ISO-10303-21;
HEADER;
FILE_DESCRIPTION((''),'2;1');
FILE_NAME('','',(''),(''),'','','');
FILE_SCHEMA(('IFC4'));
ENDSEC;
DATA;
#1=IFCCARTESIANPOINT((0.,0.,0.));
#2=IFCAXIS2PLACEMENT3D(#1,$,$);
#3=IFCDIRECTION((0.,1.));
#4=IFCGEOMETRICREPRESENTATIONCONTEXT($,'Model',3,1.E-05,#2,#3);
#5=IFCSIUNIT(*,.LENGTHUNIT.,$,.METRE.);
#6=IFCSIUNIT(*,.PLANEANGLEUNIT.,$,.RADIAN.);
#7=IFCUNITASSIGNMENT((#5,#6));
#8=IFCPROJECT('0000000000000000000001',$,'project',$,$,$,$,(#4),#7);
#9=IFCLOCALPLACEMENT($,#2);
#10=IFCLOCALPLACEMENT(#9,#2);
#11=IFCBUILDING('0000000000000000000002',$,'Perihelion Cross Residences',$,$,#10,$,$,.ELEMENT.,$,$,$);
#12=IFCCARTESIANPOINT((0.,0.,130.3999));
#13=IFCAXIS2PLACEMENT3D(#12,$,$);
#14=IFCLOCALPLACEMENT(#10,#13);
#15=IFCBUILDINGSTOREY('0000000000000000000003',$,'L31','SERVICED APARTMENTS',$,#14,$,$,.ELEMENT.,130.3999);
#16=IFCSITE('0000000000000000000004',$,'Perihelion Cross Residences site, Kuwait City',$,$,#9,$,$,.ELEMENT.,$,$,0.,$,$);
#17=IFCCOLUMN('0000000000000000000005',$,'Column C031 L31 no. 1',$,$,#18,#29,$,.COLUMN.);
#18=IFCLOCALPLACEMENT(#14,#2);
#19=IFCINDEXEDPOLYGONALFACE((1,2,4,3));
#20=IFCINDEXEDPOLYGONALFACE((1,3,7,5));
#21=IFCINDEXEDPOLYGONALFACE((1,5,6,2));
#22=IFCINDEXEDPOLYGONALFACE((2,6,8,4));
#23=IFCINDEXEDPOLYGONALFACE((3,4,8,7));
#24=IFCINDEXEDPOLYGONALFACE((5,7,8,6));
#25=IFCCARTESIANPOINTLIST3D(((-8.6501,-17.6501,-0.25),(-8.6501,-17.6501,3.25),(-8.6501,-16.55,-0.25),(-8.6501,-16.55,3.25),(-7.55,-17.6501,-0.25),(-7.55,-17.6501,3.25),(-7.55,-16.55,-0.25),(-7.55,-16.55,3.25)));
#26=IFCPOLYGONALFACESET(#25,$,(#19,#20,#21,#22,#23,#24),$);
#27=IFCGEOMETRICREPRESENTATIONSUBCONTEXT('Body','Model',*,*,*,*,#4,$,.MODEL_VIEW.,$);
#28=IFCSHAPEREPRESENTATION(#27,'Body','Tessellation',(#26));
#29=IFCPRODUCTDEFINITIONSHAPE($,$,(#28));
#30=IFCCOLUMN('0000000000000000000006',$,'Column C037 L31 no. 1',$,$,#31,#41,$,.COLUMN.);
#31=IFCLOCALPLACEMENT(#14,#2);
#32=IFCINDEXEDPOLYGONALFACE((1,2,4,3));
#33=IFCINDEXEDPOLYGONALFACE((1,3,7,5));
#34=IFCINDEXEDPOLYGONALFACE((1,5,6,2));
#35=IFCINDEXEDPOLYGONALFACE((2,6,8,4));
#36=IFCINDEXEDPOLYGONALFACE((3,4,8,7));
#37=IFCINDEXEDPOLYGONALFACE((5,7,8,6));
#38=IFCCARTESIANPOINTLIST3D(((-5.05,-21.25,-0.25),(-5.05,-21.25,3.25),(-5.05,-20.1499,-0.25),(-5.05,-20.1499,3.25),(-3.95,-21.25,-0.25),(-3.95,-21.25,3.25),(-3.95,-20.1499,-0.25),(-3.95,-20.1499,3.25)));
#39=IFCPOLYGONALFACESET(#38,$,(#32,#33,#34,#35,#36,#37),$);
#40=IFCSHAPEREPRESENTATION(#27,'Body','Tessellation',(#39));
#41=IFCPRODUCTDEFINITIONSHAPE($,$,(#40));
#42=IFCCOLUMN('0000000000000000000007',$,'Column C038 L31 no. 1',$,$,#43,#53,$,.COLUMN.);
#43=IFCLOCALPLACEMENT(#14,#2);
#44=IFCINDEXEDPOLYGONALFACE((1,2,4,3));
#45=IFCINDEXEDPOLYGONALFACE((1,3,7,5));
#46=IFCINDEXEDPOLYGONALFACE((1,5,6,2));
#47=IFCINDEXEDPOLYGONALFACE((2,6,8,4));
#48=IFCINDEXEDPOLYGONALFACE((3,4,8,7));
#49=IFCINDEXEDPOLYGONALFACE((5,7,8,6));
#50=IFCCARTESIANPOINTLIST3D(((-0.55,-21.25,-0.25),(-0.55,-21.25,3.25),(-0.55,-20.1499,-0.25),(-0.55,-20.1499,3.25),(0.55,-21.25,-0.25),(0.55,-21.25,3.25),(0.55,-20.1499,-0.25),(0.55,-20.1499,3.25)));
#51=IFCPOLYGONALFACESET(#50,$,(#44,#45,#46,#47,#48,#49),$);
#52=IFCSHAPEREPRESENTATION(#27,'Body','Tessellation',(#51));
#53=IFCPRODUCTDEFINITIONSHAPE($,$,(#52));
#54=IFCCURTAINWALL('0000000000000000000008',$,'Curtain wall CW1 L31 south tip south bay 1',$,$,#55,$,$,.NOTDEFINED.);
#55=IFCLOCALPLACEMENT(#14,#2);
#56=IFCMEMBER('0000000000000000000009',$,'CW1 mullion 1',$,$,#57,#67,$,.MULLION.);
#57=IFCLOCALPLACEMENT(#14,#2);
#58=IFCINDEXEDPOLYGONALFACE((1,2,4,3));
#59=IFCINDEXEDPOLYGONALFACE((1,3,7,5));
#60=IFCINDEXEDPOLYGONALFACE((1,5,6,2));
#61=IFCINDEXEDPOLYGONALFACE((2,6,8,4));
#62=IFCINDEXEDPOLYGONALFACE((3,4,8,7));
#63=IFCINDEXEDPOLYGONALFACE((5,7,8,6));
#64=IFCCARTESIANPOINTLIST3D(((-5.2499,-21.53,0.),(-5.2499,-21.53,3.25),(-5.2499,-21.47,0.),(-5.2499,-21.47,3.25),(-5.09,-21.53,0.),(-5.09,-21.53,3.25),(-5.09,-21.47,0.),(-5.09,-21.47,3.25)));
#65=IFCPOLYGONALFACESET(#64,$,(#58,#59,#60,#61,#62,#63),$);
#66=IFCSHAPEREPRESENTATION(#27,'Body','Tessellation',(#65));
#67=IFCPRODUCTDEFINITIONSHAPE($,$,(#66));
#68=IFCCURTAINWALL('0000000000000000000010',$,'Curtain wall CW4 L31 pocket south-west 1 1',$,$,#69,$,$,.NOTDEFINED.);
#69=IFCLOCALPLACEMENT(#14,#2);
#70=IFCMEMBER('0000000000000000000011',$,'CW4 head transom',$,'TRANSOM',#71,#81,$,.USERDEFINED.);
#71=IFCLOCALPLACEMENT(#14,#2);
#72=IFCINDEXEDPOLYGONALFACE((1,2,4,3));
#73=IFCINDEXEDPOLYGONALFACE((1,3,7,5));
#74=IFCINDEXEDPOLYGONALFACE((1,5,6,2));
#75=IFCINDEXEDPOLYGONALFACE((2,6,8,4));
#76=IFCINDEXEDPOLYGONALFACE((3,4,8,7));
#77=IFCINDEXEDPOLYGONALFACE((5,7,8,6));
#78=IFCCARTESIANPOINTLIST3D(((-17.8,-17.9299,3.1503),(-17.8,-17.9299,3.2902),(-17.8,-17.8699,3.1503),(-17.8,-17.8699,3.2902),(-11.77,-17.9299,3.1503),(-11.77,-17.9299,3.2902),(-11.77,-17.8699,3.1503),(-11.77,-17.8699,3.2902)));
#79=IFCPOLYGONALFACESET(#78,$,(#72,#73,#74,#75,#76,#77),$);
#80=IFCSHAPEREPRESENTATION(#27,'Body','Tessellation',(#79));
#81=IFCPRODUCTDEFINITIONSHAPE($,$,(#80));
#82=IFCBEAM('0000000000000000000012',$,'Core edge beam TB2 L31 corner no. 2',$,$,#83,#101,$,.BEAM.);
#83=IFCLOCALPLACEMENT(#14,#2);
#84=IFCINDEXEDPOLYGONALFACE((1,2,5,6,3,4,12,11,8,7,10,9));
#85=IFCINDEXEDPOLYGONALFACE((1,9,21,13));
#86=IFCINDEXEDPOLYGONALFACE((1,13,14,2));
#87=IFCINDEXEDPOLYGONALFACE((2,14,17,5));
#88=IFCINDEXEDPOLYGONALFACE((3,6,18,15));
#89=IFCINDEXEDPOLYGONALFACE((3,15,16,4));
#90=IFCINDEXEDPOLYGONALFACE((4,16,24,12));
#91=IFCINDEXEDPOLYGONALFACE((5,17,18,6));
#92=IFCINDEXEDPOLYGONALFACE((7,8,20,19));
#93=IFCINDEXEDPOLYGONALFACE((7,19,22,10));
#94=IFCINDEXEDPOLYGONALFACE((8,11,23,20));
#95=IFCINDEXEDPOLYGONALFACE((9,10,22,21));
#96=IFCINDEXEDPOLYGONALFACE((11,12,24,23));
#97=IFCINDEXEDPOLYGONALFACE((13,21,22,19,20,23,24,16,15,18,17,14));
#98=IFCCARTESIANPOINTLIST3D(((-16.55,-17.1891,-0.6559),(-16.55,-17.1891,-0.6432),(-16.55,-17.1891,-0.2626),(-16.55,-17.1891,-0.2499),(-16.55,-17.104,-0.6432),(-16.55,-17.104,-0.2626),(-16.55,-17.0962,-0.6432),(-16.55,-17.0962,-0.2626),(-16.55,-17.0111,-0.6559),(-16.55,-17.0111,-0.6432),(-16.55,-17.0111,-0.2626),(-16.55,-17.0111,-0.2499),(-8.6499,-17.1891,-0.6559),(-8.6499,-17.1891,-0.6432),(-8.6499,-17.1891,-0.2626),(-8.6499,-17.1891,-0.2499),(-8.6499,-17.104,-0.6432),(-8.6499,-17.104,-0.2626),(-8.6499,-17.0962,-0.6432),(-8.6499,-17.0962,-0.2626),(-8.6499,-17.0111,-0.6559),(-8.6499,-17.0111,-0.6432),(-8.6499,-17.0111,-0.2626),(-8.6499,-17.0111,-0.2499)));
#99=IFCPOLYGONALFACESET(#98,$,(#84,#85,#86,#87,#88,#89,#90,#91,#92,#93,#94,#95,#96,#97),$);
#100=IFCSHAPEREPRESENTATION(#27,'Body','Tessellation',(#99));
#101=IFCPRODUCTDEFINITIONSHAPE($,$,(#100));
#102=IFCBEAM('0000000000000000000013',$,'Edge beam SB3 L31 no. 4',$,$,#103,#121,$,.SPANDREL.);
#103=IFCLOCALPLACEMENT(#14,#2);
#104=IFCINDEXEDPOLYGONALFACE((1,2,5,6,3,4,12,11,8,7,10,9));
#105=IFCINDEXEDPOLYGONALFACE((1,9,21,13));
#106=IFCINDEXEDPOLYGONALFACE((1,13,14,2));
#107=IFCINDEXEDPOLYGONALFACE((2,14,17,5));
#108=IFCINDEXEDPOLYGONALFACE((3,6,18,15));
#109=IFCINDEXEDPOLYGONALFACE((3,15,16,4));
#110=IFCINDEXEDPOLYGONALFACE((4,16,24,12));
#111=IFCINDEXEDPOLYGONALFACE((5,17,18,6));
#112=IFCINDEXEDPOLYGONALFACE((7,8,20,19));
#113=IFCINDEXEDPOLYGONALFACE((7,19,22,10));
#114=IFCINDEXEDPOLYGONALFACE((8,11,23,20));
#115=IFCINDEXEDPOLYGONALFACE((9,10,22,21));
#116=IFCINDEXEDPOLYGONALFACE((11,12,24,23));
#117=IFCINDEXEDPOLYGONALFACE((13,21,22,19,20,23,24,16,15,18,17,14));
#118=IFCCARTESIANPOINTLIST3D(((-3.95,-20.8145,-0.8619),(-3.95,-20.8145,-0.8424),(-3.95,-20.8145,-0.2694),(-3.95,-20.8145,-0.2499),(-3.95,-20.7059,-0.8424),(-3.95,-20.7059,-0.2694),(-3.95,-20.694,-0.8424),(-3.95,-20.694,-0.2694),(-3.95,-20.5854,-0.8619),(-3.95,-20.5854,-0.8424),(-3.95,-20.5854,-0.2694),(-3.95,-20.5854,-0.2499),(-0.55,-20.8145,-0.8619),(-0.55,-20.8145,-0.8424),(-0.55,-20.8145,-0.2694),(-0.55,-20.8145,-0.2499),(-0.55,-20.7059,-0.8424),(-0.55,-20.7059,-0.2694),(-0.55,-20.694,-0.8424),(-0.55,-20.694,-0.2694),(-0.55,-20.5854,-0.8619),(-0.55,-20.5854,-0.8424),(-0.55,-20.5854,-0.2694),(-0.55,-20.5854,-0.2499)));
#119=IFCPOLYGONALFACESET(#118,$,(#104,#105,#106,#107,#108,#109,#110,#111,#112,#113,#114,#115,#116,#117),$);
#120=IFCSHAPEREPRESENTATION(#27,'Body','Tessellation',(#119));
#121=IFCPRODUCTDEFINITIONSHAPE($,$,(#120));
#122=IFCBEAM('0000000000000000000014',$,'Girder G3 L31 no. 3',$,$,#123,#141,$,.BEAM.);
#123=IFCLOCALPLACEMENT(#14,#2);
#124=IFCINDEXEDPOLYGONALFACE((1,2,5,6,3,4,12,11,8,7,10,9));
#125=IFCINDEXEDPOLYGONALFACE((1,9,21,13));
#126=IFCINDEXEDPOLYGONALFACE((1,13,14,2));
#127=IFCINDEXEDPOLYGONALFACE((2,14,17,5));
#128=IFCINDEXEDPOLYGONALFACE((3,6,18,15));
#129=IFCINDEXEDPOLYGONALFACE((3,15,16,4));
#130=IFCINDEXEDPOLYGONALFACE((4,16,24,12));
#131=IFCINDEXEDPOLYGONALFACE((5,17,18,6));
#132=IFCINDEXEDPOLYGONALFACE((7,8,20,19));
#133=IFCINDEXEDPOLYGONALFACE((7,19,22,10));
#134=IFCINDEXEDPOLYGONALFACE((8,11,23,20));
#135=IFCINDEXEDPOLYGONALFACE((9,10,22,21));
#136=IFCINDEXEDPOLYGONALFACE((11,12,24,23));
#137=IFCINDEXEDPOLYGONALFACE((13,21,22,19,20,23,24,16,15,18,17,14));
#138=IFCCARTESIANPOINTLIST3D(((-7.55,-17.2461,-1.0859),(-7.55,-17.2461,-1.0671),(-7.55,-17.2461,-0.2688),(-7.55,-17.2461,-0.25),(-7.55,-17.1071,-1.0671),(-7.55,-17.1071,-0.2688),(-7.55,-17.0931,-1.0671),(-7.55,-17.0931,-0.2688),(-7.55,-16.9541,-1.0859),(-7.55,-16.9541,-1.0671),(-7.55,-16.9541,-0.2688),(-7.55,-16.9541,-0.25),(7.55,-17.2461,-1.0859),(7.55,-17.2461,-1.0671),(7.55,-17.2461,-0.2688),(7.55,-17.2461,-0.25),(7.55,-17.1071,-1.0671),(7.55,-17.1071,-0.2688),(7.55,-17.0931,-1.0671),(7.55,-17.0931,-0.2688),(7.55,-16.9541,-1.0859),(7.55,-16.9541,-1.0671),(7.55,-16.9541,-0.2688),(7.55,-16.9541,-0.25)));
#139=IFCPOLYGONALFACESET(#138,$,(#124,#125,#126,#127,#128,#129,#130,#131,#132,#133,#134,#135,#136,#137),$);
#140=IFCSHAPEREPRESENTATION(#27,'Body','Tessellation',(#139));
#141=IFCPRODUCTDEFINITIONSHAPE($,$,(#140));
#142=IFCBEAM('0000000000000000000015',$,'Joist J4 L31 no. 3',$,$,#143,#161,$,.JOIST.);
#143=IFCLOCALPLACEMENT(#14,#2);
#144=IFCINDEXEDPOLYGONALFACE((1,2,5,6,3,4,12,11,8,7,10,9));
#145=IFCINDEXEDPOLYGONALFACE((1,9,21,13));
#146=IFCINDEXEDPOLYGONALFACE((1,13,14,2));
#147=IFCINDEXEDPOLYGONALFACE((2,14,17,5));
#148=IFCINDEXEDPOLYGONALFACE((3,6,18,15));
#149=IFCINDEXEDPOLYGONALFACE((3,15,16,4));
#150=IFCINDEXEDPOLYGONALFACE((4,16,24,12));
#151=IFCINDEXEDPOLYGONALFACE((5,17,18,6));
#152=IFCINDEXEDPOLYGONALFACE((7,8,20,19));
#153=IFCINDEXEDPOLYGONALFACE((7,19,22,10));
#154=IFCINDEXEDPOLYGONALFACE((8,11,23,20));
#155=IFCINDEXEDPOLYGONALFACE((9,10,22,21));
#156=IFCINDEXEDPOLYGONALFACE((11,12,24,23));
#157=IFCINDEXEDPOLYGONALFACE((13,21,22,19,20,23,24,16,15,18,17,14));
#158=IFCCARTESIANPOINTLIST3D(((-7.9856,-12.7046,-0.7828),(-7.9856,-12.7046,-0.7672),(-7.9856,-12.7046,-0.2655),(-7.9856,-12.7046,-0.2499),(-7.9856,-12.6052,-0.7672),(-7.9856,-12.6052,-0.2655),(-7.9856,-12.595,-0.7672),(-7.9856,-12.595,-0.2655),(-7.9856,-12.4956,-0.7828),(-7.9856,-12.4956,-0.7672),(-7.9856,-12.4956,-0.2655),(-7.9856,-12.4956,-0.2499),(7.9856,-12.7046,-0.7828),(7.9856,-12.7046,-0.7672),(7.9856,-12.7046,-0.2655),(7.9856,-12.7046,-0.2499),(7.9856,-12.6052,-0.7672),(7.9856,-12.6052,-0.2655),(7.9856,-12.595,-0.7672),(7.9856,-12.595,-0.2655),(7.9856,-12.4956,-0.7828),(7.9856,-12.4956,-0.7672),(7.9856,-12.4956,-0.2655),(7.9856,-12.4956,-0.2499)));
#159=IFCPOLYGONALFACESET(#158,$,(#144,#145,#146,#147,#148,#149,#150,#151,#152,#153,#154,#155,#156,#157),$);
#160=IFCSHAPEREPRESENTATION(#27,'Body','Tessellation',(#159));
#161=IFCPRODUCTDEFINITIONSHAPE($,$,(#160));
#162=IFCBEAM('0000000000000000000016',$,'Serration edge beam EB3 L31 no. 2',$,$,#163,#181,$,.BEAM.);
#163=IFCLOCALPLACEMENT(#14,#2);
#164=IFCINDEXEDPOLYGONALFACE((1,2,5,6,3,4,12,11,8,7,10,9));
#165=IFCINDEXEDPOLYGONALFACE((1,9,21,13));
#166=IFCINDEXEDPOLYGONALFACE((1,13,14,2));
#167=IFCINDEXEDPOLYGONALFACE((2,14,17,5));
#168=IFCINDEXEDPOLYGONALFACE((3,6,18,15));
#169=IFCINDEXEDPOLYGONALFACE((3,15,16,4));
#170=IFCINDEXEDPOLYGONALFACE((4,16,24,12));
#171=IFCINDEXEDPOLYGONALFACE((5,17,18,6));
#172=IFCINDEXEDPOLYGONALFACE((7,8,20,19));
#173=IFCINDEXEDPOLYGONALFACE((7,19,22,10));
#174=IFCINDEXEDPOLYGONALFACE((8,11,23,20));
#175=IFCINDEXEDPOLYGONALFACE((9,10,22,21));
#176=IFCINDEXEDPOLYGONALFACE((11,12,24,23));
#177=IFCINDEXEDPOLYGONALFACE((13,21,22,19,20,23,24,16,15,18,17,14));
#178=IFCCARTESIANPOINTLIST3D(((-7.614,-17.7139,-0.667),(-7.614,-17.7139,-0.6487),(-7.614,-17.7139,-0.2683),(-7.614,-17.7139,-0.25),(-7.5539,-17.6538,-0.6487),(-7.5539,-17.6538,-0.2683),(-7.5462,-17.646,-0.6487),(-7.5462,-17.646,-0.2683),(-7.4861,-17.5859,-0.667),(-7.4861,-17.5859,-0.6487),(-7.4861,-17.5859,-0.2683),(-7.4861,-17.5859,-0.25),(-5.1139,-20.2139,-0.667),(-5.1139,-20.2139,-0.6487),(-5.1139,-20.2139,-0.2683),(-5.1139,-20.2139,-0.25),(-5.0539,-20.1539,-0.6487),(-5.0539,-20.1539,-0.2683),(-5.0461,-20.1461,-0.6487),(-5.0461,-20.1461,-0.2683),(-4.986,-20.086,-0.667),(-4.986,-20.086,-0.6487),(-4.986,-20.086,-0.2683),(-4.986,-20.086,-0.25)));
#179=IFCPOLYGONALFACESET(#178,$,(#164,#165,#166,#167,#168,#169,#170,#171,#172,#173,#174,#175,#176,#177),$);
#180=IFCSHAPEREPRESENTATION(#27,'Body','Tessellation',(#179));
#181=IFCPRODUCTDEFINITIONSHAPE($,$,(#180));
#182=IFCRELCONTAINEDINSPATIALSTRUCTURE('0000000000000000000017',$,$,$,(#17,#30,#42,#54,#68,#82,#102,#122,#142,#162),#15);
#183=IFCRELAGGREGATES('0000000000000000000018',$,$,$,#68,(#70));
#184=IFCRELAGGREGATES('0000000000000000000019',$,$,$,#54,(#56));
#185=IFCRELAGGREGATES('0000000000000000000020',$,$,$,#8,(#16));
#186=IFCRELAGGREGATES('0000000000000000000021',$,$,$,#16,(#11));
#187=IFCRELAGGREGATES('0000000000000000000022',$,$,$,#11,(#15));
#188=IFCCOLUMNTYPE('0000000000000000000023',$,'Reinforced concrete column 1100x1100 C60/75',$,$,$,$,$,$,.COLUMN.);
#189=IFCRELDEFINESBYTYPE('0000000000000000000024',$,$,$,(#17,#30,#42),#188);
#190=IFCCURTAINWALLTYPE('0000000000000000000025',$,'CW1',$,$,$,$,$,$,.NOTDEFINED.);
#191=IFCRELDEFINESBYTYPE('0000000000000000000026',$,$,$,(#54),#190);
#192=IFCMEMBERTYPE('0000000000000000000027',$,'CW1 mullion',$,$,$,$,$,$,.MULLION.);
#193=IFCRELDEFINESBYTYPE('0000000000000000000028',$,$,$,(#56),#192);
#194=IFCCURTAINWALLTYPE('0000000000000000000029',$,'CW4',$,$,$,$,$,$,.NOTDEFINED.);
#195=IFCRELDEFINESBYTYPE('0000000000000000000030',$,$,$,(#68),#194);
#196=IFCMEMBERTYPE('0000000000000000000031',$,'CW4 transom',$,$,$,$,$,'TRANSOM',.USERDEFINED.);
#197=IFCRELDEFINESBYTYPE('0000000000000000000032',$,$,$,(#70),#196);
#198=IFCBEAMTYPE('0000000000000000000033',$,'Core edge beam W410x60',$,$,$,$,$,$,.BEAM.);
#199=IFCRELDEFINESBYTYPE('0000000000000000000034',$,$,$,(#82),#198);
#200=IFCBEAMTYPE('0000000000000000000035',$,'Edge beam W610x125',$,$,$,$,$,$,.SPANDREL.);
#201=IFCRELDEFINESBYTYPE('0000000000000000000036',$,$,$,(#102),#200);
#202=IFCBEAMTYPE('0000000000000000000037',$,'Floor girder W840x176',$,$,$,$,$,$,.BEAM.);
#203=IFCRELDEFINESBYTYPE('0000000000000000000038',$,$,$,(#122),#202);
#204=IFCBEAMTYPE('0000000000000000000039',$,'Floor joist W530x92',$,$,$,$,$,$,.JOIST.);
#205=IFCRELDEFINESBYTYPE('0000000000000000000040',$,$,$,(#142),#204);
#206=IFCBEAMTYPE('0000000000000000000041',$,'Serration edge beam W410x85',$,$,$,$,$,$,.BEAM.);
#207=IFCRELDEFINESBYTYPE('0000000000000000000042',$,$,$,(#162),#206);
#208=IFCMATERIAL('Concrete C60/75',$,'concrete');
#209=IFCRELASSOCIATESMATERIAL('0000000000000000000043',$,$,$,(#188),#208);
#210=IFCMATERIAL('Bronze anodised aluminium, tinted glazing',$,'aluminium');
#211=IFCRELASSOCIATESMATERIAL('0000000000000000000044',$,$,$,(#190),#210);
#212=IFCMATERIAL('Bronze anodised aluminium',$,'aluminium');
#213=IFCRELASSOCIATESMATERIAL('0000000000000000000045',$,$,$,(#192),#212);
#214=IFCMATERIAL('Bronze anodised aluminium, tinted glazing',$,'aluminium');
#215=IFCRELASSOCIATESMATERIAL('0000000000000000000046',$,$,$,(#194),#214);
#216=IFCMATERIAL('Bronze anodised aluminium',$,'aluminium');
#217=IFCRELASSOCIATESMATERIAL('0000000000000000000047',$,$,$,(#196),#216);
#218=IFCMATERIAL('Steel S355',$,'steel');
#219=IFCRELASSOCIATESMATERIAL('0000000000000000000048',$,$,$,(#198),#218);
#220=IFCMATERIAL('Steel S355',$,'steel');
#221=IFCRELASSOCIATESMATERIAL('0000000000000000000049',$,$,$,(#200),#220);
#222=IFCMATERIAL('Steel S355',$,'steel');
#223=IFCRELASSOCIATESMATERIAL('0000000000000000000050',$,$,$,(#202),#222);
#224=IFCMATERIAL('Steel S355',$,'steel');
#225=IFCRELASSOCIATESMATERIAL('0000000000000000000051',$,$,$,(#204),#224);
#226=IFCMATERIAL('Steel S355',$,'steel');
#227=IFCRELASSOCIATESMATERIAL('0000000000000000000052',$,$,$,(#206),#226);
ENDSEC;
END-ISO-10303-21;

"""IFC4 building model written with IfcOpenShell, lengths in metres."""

from ifc_helpers import new_model, si_unit, direction, frame, origin, origin_2d, place, context, subcontext, project, spatial, rectangle, i_section, extrude, material, material_profile, profile_set, type_object, element, aggregate, save


model = new_model("IFC4")

# Units and contexts
model_context = context("Model", 3, precision=1e-05, world=origin(), true_north=direction((0.0, 1.0)))
body_context = subcontext(model_context, "Body", "Model", "MODEL_VIEW")
ifc_project = project(units=[si_unit("LENGTHUNIT", "METRE"), si_unit("PLANEANGLEUNIT", "RADIAN")], contexts=[model_context])

# Site, building, storey
site_placement = place(None, origin())
site = spatial("IfcSite", under=ifc_project, at=site_placement, Name="Perihelion Cross Residences site, Kuwait City", CompositionType="ELEMENT", RefElevation=0.0)
building_placement = place(site_placement, origin())
building = spatial("IfcBuilding", under=site, at=building_placement, Name="Perihelion Cross Residences", CompositionType="ELEMENT")
storey_placement = place(building_placement, frame((0.0, 0.0, 130.3999)))
storey = spatial("IfcBuildingStorey", under=building, at=storey_placement, Name="L31", Description="SERVICED APARTMENTS", CompositionType="ELEMENT", Elevation=130.3999)

# Columns
ifc_material_1 = material(Name="Concrete C60/75", Category="concrete")
ifc_material_profile_1 = material_profile(ifc_material_1, rectangle(XDim=1.1001, YDim=1.1001, at=origin_2d()), Name="RC 1100x1100")
ifc_profile_set_1 = profile_set([ifc_material_profile_1], Name="Concrete C60/75")
column_type = type_object("IfcColumnType", Name="Reinforced concrete column 1100x1100 C60/75", PredefinedType="COLUMN", material=ifc_profile_set_1)
for number, where, z_axis, x_axis, name in (
    (1, (-8.1001, -17.1001, -0.25), (0.0, 0.0, 1.0), (1.0, 0.0, 0.0), "Column C031 L31 no. 1"),
    (2, (-4.5, -20.7, -0.25), (0.0, 0.0, 1.0), (1.0, 0.0, 0.0), "Column C037 L31 no. 1"),
    (3, (0.0, -20.7, -0.25), (0.0, 0.0, 1.0), (1.0, 0.0, 0.0), "Column C038 L31 no. 1"),
):
    element("IfcColumn", number, at=place(storey_placement, frame(where, z_axis=z_axis, x_axis=x_axis)), inside=storey, type_object=column_type, Name=name, PredefinedType="COLUMN", context=body_context, shape_type="SweptSolid", body=[
        extrude(rectangle(XDim=1.1001, YDim=1.1001, at=origin_2d()), origin(), (0.0, 0.0, 1.0), 3.5),
    ])

# Curtain walls, members
ifc_material_2 = material(Name="Bronze anodised aluminium, tinted glazing", Category="aluminium")
curtain_wall_type_1 = type_object("IfcCurtainWallType", Name="CW1", PredefinedType="NOTDEFINED", material=ifc_material_2)
curtain_wall_1_placement = place(storey_placement, origin())
curtain_wall_1 = element("IfcCurtainWall", 4, at=curtain_wall_1_placement, inside=storey, type_object=curtain_wall_type_1, Name="Curtain wall CW1 L31 south tip south bay 1", PredefinedType="NOTDEFINED")
ifc_material_3 = material(Name="Bronze anodised aluminium", Category="aluminium")
ifc_material_profile_2 = material_profile(ifc_material_3, rectangle(XDim=0.0601, YDim=0.1599, at=origin_2d()), Name="CW1 mullion")
ifc_profile_set_2 = profile_set([ifc_material_profile_2], Name="Bronze anodised aluminium")
member_type_1 = type_object("IfcMemberType", Name="CW1 mullion", PredefinedType="MULLION", material=ifc_profile_set_2)
member_1_placement = place(storey_placement, frame((-5.1699, -21.5, 0.0), z_axis=(0.0, 0.0, 1.0), x_axis=(0.0, 1.0, 0.0)))
member_1 = element("IfcMember", 5, at=member_1_placement, type_object=member_type_1, Name="CW1 mullion 1", PredefinedType="MULLION", context=body_context, shape_type="SweptSolid", body=[
    extrude(rectangle(XDim=0.0601, YDim=0.1599, at=origin_2d()), origin(), (0.0, 0.0, 1.0), 3.25),
])
ifc_material_4 = material(Name="Bronze anodised aluminium, tinted glazing", Category="aluminium")
curtain_wall_type_2 = type_object("IfcCurtainWallType", Name="CW4", PredefinedType="NOTDEFINED", material=ifc_material_4)
curtain_wall_2_placement = place(storey_placement, origin())
curtain_wall_2 = element("IfcCurtainWall", 6, at=curtain_wall_2_placement, inside=storey, type_object=curtain_wall_type_2, Name="Curtain wall CW4 L31 pocket south-west 1 1", PredefinedType="NOTDEFINED")
ifc_material_5 = material(Name="Bronze anodised aluminium", Category="aluminium")
ifc_material_profile_3 = material_profile(ifc_material_5, rectangle(XDim=0.0601, YDim=0.1399, at=origin_2d()), Name="CW4 transom")
ifc_profile_set_3 = profile_set([ifc_material_profile_3], Name="Bronze anodised aluminium")
member_type_2 = type_object("IfcMemberType", Name="CW4 transom", ElementType="TRANSOM", PredefinedType="USERDEFINED", material=ifc_profile_set_3)
member_2_placement = place(storey_placement, frame((-11.77, -17.8999, 3.2202), z_axis=(-1.0, 0.0, 0.0), x_axis=(0.0, -1.0, 0.0)))
member_2 = element("IfcMember", 7, at=member_2_placement, type_object=member_type_2, Name="CW4 head transom", ObjectType="TRANSOM", PredefinedType="USERDEFINED", context=body_context, shape_type="SweptSolid", body=[
    extrude(rectangle(XDim=0.0601, YDim=0.1399, at=origin_2d()), origin(), (0.0, 0.0, 1.0), 6.03),
])
aggregate(curtain_wall_2, [member_2])

# Beams
ifc_material_6 = material(Name="Steel S355", Category="steel")
ifc_material_profile_4 = material_profile(ifc_material_6, i_section(OverallWidth=0.178, OverallDepth=0.406, WebThickness=0.0078, FlangeThickness=0.0127, at=origin_2d()), Name="W410x60")
ifc_profile_set_4 = profile_set([ifc_material_profile_4], Name="Steel S355")
beam_type_1 = type_object("IfcBeamType", Name="Core edge beam W410x60", PredefinedType="BEAM", material=ifc_profile_set_4)
beam_1_placement = place(storey_placement, frame((-8.6499, -17.1001, -0.4529), z_axis=(-1.0, 0.0, 0.0), x_axis=(0.0, -1.0, 0.0)))
element("IfcBeam", 8, at=beam_1_placement, inside=storey, type_object=beam_type_1, Name="Core edge beam TB2 L31 corner no. 2", PredefinedType="BEAM", context=body_context, shape_type="SweptSolid", body=[
    extrude(i_section(OverallWidth=0.178, OverallDepth=0.406, WebThickness=0.0078, FlangeThickness=0.0127, at=origin_2d()), origin(), (0.0, 0.0, 1.0), 7.9001),
])
ifc_material_7 = material(Name="Steel S355", Category="steel")
ifc_material_profile_5 = material_profile(ifc_material_7, i_section(OverallWidth=0.229, OverallDepth=0.6121, WebThickness=0.012, FlangeThickness=0.0195, at=origin_2d()), Name="W610x125")
ifc_profile_set_5 = profile_set([ifc_material_profile_5], Name="Steel S355")
beam_type_2 = type_object("IfcBeamType", Name="Edge beam W610x125", PredefinedType="SPANDREL", material=ifc_profile_set_5)
beam_2_placement = place(storey_placement, frame((-3.95, -20.7, -0.5559), z_axis=(1.0, 0.0, 0.0), x_axis=(0.0, 1.0, 0.0)))
element("IfcBeam", 9, at=beam_2_placement, inside=storey, type_object=beam_type_2, Name="Edge beam SB3 L31 no. 4", PredefinedType="SPANDREL", context=body_context, shape_type="SweptSolid", body=[
    extrude(i_section(OverallWidth=0.229, OverallDepth=0.6121, WebThickness=0.012, FlangeThickness=0.0195, at=origin_2d()), origin(), (0.0, 0.0, 1.0), 3.3999),
])
ifc_material_8 = material(Name="Steel S355", Category="steel")
ifc_material_profile_6 = material_profile(ifc_material_8, i_section(OverallWidth=0.292, OverallDepth=0.8359, WebThickness=0.0139, FlangeThickness=0.0188, at=origin_2d()), Name="W840x176")
ifc_profile_set_6 = profile_set([ifc_material_profile_6], Name="Steel S355")
beam_type_3 = type_object("IfcBeamType", Name="Floor girder W840x176", PredefinedType="BEAM", material=ifc_profile_set_6)
beam_3_placement = place(storey_placement, frame((-7.55, -17.1001, -0.668), z_axis=(1.0, 0.0, 0.0), x_axis=(0.0, 1.0, 0.0)))
element("IfcBeam", 10, at=beam_3_placement, inside=storey, type_object=beam_type_3, Name="Girder G3 L31 no. 3", PredefinedType="BEAM", context=body_context, shape_type="SweptSolid", body=[
    extrude(i_section(OverallWidth=0.292, OverallDepth=0.8359, WebThickness=0.0139, FlangeThickness=0.0188, at=origin_2d()), origin(), (0.0, 0.0, 1.0), 15.1001),
])
ifc_material_9 = material(Name="Steel S355", Category="steel")
ifc_material_profile_7 = material_profile(ifc_material_9, i_section(OverallWidth=0.209, OverallDepth=0.533, WebThickness=0.0103, FlangeThickness=0.0156, at=origin_2d()), Name="W530x92")
ifc_profile_set_7 = profile_set([ifc_material_profile_7], Name="Steel S355")
beam_type_4 = type_object("IfcBeamType", Name="Floor joist W530x92", PredefinedType="JOIST", material=ifc_profile_set_7)
beam_4_placement = place(storey_placement, frame((-7.9856, -12.6001, -0.5164), z_axis=(1.0, 0.0, 0.0), x_axis=(0.0, 1.0, 0.0)))
element("IfcBeam", 11, at=beam_4_placement, inside=storey, type_object=beam_type_4, Name="Joist J4 L31 no. 3", PredefinedType="JOIST", context=body_context, shape_type="SweptSolid", body=[
    extrude(i_section(OverallWidth=0.209, OverallDepth=0.533, WebThickness=0.0103, FlangeThickness=0.0156, at=origin_2d()), origin(), (0.0, 0.0, 1.0), 15.9712),
])
ifc_material_10 = material(Name="Steel S355", Category="steel")
ifc_material_profile_8 = material_profile(ifc_material_10, i_section(OverallWidth=0.1809, OverallDepth=0.417, WebThickness=0.011, FlangeThickness=0.0183, at=origin_2d()), Name="W410x85")
ifc_profile_set_8 = profile_set([ifc_material_profile_8], Name="Steel S355")
beam_type_5 = type_object("IfcBeamType", Name="Serration edge beam W410x85", PredefinedType="BEAM", material=ifc_profile_set_8)
beam_5_placement = place(storey_placement, frame((-7.55, -17.6499, -0.4585), z_axis=(0.707107, -0.707107, 0.0), x_axis=(0.707107, 0.707107, 0.0)))
element("IfcBeam", 12, at=beam_5_placement, inside=storey, type_object=beam_type_5, Name="Serration edge beam EB3 L31 no. 2", PredefinedType="BEAM", context=body_context, shape_type="SweptSolid", body=[
    extrude(i_section(OverallWidth=0.1809, OverallDepth=0.417, WebThickness=0.011, FlangeThickness=0.0183, at=origin_2d()), origin(), (0.0, 0.0, 1.0), 3.5356),
])

aggregate(curtain_wall_1, [member_1])

save(model, "model.ifc")
